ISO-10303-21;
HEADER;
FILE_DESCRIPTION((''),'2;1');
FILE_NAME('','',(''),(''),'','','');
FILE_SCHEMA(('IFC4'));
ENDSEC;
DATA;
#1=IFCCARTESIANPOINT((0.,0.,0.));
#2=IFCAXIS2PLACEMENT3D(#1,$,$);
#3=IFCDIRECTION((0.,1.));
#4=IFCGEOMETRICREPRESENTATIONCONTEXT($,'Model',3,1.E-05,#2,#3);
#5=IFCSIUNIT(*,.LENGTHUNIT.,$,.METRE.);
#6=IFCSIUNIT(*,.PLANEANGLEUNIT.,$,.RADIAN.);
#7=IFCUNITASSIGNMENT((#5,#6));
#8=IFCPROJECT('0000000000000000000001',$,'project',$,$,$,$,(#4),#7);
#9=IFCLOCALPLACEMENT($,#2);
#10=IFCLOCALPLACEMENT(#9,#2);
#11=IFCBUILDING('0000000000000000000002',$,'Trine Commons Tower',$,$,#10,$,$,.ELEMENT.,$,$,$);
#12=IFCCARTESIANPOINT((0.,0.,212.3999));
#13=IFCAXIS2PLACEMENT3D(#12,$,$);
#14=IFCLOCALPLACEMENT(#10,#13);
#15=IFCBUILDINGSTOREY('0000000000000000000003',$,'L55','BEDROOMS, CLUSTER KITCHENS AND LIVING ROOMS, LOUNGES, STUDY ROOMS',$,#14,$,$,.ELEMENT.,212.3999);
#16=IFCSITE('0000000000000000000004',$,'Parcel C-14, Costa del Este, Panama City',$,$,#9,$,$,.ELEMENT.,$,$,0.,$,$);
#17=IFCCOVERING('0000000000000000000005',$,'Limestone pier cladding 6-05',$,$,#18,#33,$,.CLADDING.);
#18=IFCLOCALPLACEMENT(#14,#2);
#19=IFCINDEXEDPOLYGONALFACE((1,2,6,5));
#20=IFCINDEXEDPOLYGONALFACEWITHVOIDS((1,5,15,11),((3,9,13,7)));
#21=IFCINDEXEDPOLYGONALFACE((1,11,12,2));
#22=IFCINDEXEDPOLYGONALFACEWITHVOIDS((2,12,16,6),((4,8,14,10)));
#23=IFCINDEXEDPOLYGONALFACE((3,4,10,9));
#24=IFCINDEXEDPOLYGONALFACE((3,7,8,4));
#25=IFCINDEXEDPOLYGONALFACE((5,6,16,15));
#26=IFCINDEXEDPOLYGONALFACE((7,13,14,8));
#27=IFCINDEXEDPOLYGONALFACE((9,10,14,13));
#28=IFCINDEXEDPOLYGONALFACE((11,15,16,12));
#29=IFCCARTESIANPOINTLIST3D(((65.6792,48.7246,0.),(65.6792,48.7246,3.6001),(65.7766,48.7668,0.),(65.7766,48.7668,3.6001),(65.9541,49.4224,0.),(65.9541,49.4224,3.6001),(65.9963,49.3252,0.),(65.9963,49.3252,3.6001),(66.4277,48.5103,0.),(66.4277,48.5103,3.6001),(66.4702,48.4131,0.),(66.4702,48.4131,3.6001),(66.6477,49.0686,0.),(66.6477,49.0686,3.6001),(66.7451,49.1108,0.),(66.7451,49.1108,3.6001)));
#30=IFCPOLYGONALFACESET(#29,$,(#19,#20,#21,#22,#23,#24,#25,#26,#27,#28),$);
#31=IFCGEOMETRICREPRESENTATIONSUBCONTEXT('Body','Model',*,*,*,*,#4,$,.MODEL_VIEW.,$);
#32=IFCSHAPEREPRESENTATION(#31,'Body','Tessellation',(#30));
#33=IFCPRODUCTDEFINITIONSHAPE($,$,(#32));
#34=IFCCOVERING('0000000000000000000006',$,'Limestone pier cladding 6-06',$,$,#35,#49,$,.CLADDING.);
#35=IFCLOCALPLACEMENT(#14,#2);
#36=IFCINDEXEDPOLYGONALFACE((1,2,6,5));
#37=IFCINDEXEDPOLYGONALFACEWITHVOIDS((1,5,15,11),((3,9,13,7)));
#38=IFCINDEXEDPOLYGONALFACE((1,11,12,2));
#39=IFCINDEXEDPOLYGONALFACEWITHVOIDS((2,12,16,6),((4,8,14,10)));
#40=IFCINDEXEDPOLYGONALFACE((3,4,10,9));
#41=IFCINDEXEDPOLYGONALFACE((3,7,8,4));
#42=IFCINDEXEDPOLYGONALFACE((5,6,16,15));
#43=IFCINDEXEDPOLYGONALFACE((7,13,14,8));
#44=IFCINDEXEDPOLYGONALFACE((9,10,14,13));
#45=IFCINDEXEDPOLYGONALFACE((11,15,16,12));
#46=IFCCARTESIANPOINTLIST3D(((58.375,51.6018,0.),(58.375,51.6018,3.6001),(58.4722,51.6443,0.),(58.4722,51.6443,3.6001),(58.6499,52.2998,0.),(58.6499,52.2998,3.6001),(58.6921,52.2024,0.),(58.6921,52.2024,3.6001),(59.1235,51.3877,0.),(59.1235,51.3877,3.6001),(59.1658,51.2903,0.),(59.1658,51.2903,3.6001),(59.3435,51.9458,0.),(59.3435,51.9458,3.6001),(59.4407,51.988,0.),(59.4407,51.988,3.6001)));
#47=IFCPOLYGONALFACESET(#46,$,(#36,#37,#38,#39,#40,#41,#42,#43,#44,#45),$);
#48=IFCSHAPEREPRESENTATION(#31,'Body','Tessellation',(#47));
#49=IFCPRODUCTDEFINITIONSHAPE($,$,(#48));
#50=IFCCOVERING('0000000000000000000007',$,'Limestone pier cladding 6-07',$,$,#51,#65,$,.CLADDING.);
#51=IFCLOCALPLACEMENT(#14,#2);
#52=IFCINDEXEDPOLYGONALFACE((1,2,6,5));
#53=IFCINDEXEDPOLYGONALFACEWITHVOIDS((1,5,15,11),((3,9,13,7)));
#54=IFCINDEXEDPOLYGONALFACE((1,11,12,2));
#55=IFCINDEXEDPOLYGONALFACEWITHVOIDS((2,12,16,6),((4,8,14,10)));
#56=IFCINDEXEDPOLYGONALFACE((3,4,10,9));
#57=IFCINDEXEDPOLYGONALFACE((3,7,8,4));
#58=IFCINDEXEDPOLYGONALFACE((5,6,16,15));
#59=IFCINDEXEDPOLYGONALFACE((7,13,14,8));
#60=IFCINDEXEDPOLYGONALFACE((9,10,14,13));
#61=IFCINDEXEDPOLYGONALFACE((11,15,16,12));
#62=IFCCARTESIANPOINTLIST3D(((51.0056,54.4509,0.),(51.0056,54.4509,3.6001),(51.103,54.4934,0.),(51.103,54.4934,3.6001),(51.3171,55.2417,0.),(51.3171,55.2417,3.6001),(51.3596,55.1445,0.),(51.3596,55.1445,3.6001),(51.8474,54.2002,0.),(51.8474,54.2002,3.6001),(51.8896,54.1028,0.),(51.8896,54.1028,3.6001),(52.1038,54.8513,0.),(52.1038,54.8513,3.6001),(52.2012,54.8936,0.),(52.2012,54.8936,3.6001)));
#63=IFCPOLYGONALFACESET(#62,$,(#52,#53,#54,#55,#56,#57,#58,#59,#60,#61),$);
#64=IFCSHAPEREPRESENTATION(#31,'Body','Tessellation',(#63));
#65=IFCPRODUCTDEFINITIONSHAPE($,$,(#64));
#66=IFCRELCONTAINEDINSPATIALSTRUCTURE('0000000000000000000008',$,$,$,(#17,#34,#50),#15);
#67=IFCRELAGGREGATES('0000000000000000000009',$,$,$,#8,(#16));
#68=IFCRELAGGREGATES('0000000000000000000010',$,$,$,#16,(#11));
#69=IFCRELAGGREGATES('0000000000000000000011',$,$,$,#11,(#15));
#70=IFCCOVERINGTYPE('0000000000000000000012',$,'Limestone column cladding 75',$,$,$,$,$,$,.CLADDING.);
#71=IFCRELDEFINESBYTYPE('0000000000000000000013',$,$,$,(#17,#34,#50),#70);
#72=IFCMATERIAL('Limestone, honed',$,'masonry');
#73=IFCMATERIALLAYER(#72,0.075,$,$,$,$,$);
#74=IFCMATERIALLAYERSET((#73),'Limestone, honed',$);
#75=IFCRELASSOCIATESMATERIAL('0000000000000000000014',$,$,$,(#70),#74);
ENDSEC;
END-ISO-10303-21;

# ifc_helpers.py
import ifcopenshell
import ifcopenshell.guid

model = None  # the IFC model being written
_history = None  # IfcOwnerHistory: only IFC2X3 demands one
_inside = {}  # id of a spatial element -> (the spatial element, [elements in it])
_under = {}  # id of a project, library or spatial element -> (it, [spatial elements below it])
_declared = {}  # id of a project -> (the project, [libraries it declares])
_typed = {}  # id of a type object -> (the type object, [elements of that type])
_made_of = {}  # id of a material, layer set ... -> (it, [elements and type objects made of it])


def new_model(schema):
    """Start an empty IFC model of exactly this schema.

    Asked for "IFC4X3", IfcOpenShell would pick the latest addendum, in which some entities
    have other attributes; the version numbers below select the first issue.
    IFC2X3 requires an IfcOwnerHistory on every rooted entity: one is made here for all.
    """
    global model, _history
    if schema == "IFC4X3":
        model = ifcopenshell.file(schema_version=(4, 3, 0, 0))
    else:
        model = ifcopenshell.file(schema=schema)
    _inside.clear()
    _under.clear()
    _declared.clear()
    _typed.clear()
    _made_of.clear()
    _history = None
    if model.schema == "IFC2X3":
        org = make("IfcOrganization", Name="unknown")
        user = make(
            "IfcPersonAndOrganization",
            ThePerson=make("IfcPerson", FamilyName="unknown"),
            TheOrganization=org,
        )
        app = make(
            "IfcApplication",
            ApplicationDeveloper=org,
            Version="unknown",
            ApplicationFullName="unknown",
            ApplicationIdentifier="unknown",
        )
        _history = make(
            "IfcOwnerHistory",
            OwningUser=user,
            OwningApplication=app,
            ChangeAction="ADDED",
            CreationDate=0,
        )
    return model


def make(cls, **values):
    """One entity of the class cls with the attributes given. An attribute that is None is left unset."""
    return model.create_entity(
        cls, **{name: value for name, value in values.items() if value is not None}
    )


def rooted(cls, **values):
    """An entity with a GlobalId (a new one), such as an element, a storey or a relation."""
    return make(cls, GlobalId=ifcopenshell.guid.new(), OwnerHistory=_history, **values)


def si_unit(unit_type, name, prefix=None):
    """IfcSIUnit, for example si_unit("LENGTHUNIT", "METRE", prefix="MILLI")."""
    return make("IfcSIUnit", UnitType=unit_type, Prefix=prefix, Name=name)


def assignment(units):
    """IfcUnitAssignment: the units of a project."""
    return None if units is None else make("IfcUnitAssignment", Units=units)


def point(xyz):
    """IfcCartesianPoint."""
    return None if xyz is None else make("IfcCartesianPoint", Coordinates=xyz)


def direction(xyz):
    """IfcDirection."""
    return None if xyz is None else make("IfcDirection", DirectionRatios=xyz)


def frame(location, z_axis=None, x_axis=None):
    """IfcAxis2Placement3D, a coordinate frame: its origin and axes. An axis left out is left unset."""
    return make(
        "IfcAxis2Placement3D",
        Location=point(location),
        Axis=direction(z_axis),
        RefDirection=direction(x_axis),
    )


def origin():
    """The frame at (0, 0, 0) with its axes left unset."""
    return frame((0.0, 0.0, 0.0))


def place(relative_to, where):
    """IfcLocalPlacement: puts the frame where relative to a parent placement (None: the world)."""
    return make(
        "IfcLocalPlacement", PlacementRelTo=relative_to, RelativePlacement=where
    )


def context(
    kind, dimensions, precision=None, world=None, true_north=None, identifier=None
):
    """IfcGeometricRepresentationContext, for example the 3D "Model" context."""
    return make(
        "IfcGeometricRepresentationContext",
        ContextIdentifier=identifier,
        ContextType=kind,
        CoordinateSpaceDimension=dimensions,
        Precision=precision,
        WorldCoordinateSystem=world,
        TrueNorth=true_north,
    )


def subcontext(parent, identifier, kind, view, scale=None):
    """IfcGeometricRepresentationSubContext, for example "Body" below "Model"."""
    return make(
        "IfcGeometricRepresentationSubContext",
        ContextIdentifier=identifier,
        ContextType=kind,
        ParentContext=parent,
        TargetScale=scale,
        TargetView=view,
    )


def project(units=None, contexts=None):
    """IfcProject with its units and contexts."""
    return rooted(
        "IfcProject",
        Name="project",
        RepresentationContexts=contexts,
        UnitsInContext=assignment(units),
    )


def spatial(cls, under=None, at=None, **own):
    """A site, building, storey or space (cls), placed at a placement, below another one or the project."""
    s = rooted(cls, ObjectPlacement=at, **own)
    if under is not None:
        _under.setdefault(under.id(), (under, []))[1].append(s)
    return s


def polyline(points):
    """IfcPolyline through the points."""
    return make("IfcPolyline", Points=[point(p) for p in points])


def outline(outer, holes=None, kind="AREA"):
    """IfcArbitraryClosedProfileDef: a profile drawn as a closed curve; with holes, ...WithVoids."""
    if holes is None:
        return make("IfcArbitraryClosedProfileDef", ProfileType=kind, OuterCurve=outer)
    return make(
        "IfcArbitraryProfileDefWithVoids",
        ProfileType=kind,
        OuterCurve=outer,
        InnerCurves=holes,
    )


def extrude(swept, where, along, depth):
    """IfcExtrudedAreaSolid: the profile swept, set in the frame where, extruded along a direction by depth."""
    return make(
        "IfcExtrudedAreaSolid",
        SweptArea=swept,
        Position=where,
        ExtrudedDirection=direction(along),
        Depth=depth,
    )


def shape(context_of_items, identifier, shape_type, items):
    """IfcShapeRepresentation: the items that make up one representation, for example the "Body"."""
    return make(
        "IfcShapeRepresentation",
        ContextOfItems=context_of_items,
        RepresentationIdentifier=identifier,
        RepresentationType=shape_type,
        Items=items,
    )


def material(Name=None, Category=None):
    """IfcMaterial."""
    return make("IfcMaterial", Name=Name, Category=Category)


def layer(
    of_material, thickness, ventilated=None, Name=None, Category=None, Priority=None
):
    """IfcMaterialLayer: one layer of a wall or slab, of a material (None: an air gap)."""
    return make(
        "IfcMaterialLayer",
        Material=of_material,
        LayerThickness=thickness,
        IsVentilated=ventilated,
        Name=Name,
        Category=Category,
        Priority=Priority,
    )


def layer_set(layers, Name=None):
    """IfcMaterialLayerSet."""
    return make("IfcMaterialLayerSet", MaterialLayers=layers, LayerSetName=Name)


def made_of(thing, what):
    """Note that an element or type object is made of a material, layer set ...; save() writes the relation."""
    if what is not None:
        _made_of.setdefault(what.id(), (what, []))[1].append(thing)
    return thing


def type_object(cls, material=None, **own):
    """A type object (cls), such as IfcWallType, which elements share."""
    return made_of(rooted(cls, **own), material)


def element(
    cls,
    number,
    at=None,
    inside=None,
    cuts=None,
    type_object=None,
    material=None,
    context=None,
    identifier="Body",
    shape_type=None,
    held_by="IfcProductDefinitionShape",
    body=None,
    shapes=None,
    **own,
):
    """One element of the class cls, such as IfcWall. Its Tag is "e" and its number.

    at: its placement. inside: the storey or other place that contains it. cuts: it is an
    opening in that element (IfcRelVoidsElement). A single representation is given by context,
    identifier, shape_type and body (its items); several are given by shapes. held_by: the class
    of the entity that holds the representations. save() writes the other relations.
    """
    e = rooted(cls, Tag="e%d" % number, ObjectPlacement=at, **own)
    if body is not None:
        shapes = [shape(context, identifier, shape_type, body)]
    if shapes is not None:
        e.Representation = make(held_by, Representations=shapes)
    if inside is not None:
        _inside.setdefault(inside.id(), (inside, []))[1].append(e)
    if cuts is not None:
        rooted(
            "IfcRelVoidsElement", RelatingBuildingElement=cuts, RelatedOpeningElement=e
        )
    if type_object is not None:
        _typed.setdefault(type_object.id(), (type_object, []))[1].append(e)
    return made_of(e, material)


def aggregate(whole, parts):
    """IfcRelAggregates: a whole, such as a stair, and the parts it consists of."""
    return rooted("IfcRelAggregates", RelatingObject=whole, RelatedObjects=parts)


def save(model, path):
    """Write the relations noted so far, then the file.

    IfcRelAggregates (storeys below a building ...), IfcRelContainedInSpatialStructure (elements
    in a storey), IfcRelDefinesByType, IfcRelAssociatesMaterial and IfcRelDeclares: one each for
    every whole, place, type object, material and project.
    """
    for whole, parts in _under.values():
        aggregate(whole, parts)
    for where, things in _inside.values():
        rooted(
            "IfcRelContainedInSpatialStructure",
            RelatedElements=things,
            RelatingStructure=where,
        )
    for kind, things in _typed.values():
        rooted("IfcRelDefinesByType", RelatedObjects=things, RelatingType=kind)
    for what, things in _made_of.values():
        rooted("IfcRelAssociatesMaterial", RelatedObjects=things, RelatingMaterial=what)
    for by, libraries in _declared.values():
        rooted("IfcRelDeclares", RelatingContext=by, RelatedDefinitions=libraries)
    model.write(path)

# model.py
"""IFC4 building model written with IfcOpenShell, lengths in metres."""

from ifc_helpers import new_model, si_unit, direction, frame, origin, place, context, subcontext, project, spatial, polyline, outline, extrude, material, layer, layer_set, type_object, element, save


model = new_model("IFC4")

# Units and contexts
model_context = context("Model", 3, precision=1e-05, world=origin(), true_north=direction((0.0, 1.0)))
body_context = subcontext(model_context, "Body", "Model", "MODEL_VIEW")
ifc_project = project(units=[si_unit("LENGTHUNIT", "METRE"), si_unit("PLANEANGLEUNIT", "RADIAN")], contexts=[model_context])

# Site, building, storey
site_placement = place(None, origin())
site = spatial("IfcSite", under=ifc_project, at=site_placement, Name="Parcel C-14, Costa del Este, Panama City", CompositionType="ELEMENT", RefElevation=0.0)
building_placement = place(site_placement, origin())
building = spatial("IfcBuilding", under=site, at=building_placement, Name="Trine Commons Tower", CompositionType="ELEMENT")
storey_placement = place(building_placement, frame((0.0, 0.0, 212.3999)))
storey = spatial("IfcBuildingStorey", under=building, at=storey_placement, Name="L55", Description="BEDROOMS, CLUSTER KITCHENS AND LIVING ROOMS, LOUNGES, STUDY ROOMS", CompositionType="ELEMENT", Elevation=212.3999)

# Coverings
ifc_material_1 = material(Name="Limestone, honed", Category="masonry")
ifc_layer_1 = layer(ifc_material_1, 0.075)
ifc_layer_set_1 = layer_set([ifc_layer_1], Name="Limestone, honed")
covering_type_1 = type_object("IfcCoveringType", Name="Limestone column cladding 75", PredefinedType="CLADDING", material=ifc_layer_set_1)
covering_1_placement = place(storey_placement, origin())
element("IfcCovering", 1, at=covering_1_placement, inside=storey, type_object=covering_type_1, Name="Limestone pier cladding 6-05", PredefinedType="CLADDING", context=body_context, shape_type="SweptSolid", body=[
    extrude(outline(polyline([(65.9541, 49.4224), (65.6792, 48.7246), (66.4702, 48.4131), (66.7451, 49.1108), (65.9541, 49.4224)]), holes=[polyline([(65.9963, 49.3252), (65.7766, 48.7668), (66.4277, 48.5103), (66.6477, 49.0686), (65.9963, 49.3252)])]), origin(), (0.0, 0.0, 1.0), 3.6001),
])
covering_2_placement = place(storey_placement, origin())
element("IfcCovering", 2, at=covering_2_placement, inside=storey, type_object=covering_type_1, Name="Limestone pier cladding 6-06", PredefinedType="CLADDING", context=body_context, shape_type="SweptSolid", body=[
    extrude(outline(polyline([(58.6499, 52.2998), (58.375, 51.6018), (59.1658, 51.2903), (59.4407, 51.988), (58.6499, 52.2998)]), holes=[polyline([(58.6921, 52.2024), (58.4722, 51.6443), (59.1235, 51.3877), (59.3435, 51.9458), (58.6921, 52.2024)])]), origin(), (0.0, 0.0, 1.0), 3.6001),
])
covering_3_placement = place(storey_placement, origin())
element("IfcCovering", 3, at=covering_3_placement, inside=storey, type_object=covering_type_1, Name="Limestone pier cladding 6-07", PredefinedType="CLADDING", context=body_context, shape_type="SweptSolid", body=[
    extrude(outline(polyline([(51.3171, 55.2417), (51.0056, 54.4509), (51.8896, 54.1028), (52.2012, 54.8936), (51.3171, 55.2417)]), holes=[polyline([(51.3596, 55.1445), (51.103, 54.4934), (51.8474, 54.2002), (52.1038, 54.8513), (51.3596, 55.1445)])]), origin(), (0.0, 0.0, 1.0), 3.6001),
])

save(model, "model.ifc")
